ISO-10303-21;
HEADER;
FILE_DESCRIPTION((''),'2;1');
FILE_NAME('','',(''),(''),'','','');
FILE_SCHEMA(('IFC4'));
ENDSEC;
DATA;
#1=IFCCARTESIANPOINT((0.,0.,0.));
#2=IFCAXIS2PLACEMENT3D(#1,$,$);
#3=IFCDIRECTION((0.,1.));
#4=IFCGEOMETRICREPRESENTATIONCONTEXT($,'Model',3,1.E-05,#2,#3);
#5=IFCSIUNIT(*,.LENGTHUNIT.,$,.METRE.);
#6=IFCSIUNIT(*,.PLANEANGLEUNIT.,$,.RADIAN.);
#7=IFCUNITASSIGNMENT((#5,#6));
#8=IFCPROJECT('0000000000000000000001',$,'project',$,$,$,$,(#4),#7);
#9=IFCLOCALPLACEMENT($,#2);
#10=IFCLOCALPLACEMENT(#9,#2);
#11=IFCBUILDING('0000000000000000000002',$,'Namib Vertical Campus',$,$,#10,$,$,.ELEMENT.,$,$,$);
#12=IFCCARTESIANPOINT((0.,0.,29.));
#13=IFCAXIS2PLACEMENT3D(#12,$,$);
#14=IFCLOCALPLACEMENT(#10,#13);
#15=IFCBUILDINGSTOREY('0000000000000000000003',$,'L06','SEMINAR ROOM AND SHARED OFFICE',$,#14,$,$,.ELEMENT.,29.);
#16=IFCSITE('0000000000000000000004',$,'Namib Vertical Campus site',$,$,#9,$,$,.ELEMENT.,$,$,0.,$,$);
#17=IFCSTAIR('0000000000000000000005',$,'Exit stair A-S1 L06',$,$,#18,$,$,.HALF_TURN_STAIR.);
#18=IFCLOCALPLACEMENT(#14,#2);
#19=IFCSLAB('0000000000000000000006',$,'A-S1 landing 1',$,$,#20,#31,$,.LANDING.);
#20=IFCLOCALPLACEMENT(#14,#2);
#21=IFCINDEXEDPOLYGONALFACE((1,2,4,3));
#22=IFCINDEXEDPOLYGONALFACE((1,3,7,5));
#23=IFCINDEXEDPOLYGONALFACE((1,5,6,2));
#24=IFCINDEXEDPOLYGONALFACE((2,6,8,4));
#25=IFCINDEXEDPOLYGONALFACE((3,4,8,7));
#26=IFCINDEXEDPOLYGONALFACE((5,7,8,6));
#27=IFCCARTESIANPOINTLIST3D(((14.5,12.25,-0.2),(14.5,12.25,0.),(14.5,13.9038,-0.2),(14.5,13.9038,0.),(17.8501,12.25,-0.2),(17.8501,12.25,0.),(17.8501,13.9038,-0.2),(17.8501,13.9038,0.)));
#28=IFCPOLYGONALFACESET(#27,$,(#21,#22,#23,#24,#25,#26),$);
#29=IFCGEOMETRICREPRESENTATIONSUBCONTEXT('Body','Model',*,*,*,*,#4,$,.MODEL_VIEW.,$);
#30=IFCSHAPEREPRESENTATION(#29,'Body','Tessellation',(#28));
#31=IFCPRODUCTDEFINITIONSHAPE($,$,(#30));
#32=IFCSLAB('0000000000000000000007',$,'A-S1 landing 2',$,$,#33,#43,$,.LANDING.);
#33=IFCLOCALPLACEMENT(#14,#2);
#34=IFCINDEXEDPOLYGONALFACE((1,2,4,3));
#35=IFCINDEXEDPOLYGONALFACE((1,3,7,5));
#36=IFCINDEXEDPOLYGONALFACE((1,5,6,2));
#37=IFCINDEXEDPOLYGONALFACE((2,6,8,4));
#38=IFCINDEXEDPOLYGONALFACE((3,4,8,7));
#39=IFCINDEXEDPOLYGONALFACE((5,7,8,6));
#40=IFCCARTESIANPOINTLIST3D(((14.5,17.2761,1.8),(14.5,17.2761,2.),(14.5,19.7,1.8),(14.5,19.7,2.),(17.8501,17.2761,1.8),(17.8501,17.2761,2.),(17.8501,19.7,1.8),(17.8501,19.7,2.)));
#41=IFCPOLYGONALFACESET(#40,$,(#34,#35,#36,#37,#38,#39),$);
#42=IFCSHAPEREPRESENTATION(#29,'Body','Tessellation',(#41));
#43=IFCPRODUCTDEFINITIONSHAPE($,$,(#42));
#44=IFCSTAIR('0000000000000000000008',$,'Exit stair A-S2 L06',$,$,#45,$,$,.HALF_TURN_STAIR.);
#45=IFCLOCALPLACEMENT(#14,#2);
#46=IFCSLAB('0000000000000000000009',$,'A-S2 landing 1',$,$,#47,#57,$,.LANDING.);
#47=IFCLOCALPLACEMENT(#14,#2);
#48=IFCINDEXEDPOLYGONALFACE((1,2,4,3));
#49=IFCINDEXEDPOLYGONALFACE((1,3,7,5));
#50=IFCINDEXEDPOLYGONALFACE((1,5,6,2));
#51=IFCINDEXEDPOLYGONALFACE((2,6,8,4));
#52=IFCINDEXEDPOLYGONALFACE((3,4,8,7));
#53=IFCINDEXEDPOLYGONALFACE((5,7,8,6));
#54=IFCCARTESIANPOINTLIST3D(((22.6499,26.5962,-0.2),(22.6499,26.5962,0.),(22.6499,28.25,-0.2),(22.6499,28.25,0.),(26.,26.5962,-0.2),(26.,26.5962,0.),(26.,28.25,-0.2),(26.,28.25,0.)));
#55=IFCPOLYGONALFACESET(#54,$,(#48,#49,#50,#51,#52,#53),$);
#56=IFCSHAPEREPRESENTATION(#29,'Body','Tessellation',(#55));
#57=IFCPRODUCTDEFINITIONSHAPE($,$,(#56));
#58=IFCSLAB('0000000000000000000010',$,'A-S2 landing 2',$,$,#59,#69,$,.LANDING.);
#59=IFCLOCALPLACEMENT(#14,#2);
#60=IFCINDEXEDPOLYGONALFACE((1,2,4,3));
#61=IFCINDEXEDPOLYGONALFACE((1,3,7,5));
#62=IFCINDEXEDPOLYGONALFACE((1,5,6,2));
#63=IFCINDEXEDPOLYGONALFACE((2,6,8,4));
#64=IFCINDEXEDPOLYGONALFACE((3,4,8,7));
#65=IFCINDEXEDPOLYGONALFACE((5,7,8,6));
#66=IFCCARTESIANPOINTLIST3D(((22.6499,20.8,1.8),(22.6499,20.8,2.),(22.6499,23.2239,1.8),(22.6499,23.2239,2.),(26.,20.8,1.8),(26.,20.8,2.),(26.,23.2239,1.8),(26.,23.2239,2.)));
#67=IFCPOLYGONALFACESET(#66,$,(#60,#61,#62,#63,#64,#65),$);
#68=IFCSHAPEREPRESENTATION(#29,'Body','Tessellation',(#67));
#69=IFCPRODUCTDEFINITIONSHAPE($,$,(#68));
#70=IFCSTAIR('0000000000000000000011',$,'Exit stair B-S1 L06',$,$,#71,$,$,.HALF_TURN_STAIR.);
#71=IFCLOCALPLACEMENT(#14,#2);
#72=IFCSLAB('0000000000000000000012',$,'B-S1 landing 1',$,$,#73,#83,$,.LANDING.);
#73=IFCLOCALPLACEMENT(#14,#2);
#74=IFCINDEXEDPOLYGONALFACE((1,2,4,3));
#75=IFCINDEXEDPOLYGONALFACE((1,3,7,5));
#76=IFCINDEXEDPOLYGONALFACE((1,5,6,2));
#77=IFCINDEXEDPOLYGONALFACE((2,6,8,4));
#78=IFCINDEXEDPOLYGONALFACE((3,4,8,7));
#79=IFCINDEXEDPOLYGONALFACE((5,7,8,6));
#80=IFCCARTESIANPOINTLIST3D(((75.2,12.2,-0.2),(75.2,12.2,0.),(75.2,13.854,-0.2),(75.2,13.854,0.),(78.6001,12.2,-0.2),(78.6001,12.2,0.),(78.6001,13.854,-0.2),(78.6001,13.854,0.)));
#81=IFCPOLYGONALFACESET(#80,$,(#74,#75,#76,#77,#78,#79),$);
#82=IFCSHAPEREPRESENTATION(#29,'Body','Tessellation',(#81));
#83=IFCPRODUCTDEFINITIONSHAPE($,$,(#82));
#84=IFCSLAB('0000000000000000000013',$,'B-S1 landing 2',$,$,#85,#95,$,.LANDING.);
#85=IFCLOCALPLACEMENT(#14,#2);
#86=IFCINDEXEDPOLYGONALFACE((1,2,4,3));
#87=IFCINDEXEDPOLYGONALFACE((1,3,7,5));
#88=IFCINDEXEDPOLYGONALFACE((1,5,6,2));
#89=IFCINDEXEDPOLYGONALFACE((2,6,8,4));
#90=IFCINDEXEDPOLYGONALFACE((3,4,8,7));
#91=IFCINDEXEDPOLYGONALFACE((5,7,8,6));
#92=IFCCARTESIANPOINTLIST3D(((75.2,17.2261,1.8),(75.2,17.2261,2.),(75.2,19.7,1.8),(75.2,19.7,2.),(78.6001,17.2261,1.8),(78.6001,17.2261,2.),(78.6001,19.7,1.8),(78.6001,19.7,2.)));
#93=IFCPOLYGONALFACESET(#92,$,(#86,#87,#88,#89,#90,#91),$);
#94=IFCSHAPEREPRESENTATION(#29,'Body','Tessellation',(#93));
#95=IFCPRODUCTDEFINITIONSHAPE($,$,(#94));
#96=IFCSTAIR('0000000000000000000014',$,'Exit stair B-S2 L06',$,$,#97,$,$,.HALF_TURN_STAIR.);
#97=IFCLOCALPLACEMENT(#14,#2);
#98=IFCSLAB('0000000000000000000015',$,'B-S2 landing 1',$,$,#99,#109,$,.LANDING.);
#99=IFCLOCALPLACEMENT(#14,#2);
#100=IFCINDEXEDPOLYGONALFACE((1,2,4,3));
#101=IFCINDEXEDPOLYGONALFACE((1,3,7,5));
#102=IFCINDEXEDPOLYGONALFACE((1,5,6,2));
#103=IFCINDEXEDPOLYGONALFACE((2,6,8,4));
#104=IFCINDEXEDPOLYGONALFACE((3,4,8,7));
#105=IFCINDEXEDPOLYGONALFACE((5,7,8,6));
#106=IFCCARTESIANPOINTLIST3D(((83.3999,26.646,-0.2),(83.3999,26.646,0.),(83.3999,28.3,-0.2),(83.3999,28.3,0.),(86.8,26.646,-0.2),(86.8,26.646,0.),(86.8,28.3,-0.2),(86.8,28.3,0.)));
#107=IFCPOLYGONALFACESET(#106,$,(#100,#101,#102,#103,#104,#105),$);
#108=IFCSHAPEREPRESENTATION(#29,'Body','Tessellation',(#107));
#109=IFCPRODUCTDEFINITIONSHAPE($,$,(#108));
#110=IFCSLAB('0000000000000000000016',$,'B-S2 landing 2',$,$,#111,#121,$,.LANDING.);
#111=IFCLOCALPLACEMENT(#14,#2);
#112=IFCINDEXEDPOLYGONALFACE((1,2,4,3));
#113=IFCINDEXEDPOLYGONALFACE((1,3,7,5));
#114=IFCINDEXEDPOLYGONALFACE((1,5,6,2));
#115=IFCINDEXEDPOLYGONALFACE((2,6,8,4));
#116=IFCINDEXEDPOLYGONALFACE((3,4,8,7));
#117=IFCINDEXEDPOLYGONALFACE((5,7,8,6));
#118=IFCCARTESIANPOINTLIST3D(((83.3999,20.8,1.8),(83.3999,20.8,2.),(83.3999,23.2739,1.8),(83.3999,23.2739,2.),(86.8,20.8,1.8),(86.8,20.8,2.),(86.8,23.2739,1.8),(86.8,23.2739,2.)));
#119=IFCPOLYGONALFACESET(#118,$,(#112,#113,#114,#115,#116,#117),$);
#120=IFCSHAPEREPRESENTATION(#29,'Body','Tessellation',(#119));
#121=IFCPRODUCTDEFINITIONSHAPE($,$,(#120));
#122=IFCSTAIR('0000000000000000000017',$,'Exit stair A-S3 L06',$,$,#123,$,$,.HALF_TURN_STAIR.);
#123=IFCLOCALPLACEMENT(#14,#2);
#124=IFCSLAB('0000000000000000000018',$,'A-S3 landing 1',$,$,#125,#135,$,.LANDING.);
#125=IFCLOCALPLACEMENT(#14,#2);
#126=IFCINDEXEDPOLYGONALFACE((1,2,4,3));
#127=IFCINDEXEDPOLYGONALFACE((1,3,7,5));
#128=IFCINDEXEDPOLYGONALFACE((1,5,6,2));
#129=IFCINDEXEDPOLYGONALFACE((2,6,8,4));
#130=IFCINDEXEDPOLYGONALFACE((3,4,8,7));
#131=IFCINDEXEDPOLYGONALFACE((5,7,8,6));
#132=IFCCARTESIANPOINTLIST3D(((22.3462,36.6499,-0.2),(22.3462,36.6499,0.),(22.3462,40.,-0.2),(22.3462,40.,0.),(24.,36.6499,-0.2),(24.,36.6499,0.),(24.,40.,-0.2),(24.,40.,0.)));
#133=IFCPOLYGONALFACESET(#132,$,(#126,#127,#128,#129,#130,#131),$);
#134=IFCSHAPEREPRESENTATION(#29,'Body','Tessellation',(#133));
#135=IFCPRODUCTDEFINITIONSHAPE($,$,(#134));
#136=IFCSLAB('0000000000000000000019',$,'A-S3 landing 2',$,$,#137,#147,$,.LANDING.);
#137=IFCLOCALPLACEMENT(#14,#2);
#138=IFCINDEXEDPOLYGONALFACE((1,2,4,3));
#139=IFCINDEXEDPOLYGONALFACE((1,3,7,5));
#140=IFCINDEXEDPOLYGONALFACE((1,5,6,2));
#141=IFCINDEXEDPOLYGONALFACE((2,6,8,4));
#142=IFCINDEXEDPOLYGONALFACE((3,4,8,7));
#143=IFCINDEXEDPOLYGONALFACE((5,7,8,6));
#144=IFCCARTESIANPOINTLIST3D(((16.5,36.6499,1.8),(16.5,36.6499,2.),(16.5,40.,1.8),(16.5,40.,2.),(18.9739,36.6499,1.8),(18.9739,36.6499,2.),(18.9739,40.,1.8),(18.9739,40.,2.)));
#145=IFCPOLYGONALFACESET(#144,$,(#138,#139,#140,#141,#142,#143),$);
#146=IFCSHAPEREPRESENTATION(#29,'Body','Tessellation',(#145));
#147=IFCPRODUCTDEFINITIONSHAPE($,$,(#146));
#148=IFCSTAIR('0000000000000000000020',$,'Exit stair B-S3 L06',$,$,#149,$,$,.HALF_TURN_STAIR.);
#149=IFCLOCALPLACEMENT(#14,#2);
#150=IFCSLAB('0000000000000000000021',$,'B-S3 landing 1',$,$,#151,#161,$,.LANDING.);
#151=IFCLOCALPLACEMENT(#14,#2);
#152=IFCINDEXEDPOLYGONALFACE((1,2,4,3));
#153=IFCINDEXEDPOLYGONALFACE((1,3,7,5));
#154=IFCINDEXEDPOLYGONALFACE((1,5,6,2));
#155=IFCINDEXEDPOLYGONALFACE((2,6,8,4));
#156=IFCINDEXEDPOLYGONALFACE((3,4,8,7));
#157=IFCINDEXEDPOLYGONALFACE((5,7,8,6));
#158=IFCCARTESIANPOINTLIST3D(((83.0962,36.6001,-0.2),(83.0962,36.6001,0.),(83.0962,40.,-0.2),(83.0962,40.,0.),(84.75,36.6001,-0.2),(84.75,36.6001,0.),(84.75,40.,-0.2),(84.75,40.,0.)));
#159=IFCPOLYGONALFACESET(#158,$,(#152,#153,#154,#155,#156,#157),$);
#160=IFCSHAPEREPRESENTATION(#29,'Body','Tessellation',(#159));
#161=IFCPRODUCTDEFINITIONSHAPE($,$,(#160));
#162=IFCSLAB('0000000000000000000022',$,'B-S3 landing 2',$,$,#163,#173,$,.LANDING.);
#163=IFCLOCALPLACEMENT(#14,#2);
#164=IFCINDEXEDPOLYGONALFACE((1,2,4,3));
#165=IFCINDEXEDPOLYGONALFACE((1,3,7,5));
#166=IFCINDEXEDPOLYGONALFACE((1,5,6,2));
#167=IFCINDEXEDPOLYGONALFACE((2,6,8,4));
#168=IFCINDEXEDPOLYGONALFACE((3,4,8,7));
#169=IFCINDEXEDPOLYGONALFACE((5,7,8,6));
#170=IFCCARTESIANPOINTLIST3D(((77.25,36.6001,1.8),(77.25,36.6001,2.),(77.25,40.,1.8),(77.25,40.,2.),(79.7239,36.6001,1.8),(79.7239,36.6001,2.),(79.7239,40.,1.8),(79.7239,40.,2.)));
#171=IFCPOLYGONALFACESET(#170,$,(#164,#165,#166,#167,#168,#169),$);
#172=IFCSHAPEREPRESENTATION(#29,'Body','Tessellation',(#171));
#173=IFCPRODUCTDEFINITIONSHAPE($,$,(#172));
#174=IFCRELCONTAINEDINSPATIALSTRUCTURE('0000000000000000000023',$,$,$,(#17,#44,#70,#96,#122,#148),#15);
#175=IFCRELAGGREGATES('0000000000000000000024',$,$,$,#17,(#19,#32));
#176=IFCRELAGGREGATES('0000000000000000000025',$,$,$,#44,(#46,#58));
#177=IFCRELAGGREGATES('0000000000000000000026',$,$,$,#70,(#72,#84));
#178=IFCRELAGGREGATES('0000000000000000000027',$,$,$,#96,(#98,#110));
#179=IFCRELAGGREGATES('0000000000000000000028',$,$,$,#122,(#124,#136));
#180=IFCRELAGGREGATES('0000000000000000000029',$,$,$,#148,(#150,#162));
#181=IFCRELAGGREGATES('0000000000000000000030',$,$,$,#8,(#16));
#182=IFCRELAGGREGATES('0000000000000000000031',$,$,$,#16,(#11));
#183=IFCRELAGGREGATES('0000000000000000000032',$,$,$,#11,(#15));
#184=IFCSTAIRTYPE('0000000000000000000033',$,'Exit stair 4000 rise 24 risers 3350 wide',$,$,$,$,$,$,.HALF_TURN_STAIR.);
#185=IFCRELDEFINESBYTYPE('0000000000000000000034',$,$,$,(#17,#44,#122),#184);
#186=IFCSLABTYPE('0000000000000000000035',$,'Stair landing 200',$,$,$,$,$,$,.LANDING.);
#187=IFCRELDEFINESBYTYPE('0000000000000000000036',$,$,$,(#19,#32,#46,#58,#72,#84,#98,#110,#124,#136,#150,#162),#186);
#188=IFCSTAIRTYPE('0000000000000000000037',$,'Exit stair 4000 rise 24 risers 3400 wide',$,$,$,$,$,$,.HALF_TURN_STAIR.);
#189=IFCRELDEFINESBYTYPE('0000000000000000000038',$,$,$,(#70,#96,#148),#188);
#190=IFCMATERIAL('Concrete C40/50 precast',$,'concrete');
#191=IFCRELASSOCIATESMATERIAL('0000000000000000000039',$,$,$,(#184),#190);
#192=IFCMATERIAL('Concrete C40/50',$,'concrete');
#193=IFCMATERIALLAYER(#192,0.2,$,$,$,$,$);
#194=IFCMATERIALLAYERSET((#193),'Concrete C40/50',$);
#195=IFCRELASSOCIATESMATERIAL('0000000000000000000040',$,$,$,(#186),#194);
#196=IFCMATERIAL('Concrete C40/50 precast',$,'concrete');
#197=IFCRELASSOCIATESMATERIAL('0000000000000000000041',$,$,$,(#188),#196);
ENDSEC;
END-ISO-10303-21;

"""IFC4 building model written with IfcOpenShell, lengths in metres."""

from ifc_helpers import new_model, si_unit, direction, frame, origin, place, context, subcontext, project, spatial, polyline, outline, extrude, material, layer, layer_set, type_object, element, aggregate, save


model = new_model("IFC4")

# Units and contexts
model_context = context("Model", 3, precision=1e-05, world=origin(), true_north=direction((0.0, 1.0)))
body_context = subcontext(model_context, "Body", "Model", "MODEL_VIEW")
ifc_project = project(units=[si_unit("LENGTHUNIT", "METRE"), si_unit("PLANEANGLEUNIT", "RADIAN")], contexts=[model_context])

# Site, building, storey
site_placement = place(None, origin())
site = spatial("IfcSite", under=ifc_project, at=site_placement, Name="Namib Vertical Campus site", CompositionType="ELEMENT", RefElevation=0.0)
building_placement = place(site_placement, origin())
building = spatial("IfcBuilding", under=site, at=building_placement, Name="Namib Vertical Campus", CompositionType="ELEMENT")
storey_placement = place(building_placement, frame((0.0, 0.0, 29.0)))
storey = spatial("IfcBuildingStorey", under=building, at=storey_placement, Name="L06", Description="SEMINAR ROOM AND SHARED OFFICE", CompositionType="ELEMENT", Elevation=29.0)

# Stairs, slabs
ifc_material_1 = material(Name="Concrete C40/50 precast", Category="concrete")
stair_type_1 = type_object("IfcStairType", Name="Exit stair 4000 rise 24 risers 3350 wide", PredefinedType="HALF_TURN_STAIR", material=ifc_material_1)
stair_1_placement = place(storey_placement, origin())
stair_1 = element("IfcStair", 1, at=stair_1_placement, inside=storey, type_object=stair_type_1, Name="Exit stair A-S1 L06", PredefinedType="HALF_TURN_STAIR")
ifc_material_2 = material(Name="Concrete C40/50", Category="concrete")
ifc_layer_1 = layer(ifc_material_2, 0.2)
ifc_layer_set_1 = layer_set([ifc_layer_1], Name="Concrete C40/50")
slab_type_1 = type_object("IfcSlabType", Name="Stair landing 200", PredefinedType="LANDING", material=ifc_layer_set_1)
slab_1_placement = place(storey_placement, frame((0.0, 0.0, -0.2)))
slab_1 = element("IfcSlab", 2, at=slab_1_placement, type_object=slab_type_1, Name="A-S1 landing 1", PredefinedType="LANDING", context=body_context, shape_type="SweptSolid", body=[
    extrude(outline(polyline([(14.5, 12.25), (17.8501, 12.25), (17.8501, 13.9038), (14.5, 13.9038), (14.5, 12.25)])), origin(), (0.0, 0.0, 1.0), 0.2),
])
slab_2_placement = place(storey_placement, frame((0.0, 0.0, 1.8)))
slab_2 = element("IfcSlab", 3, at=slab_2_placement, type_object=slab_type_1, Name="A-S1 landing 2", PredefinedType="LANDING", context=body_context, shape_type="SweptSolid", body=[
    extrude(outline(polyline([(14.5, 17.2761), (17.8501, 17.2761), (17.8501, 19.7), (14.5, 19.7), (14.5, 17.2761)])), origin(), (0.0, 0.0, 1.0), 0.2),
])
aggregate(stair_1, [slab_1, slab_2])
stair_2_placement = place(storey_placement, origin())
stair_2 = element("IfcStair", 4, at=stair_2_placement, inside=storey, type_object=stair_type_1, Name="Exit stair A-S2 L06", PredefinedType="HALF_TURN_STAIR")
slab_3_placement = place(storey_placement, frame((0.0, 0.0, -0.2)))
slab_3 = element("IfcSlab", 5, at=slab_3_placement, type_object=slab_type_1, Name="A-S2 landing 1", PredefinedType="LANDING", context=body_context, shape_type="SweptSolid", body=[
    extrude(outline(polyline([(22.6499, 26.5962), (26.0, 26.5962), (26.0, 28.25), (22.6499, 28.25), (22.6499, 26.5962)])), origin(), (0.0, 0.0, 1.0), 0.2),
])
slab_4_placement = place(storey_placement, frame((0.0, 0.0, 1.8)))
slab_4 = element("IfcSlab", 6, at=slab_4_placement, type_object=slab_type_1, Name="A-S2 landing 2", PredefinedType="LANDING", context=body_context, shape_type="SweptSolid", body=[
    extrude(outline(polyline([(22.6499, 20.8), (26.0, 20.8), (26.0, 23.2239), (22.6499, 23.2239), (22.6499, 20.8)])), origin(), (0.0, 0.0, 1.0), 0.2),
])
aggregate(stair_2, [slab_3, slab_4])
ifc_material_3 = material(Name="Concrete C40/50 precast", Category="concrete")
stair_type_2 = type_object("IfcStairType", Name="Exit stair 4000 rise 24 risers 3400 wide", PredefinedType="HALF_TURN_STAIR", material=ifc_material_3)
stair_3_placement = place(storey_placement, origin())
stair_3 = element("IfcStair", 7, at=stair_3_placement, inside=storey, type_object=stair_type_2, Name="Exit stair B-S1 L06", PredefinedType="HALF_TURN_STAIR")
slab_5_placement = place(storey_placement, frame((0.0, 0.0, -0.2)))
slab_5 = element("IfcSlab", 8, at=slab_5_placement, type_object=slab_type_1, Name="B-S1 landing 1", PredefinedType="LANDING", context=body_context, shape_type="SweptSolid", body=[
    extrude(outline(polyline([(75.2, 12.2), (78.6001, 12.2), (78.6001, 13.854), (75.2, 13.854), (75.2, 12.2)])), origin(), (0.0, 0.0, 1.0), 0.2),
])
slab_6_placement = place(storey_placement, frame((0.0, 0.0, 1.8)))
slab_6 = element("IfcSlab", 9, at=slab_6_placement, type_object=slab_type_1, Name="B-S1 landing 2", PredefinedType="LANDING", context=body_context, shape_type="SweptSolid", body=[
    extrude(outline(polyline([(75.2, 17.2261), (78.6001, 17.2261), (78.6001, 19.7), (75.2, 19.7), (75.2, 17.2261)])), origin(), (0.0, 0.0, 1.0), 0.2),
])
aggregate(stair_3, [slab_5, slab_6])
stair_4_placement = place(storey_placement, origin())
stair_4 = element("IfcStair", 10, at=stair_4_placement, inside=storey, type_object=stair_type_2, Name="Exit stair B-S2 L06", PredefinedType="HALF_TURN_STAIR")
slab_7_placement = place(storey_placement, frame((0.0, 0.0, -0.2)))
slab_7 = element("IfcSlab", 11, at=slab_7_placement, type_object=slab_type_1, Name="B-S2 landing 1", PredefinedType="LANDING", context=body_context, shape_type="SweptSolid", body=[
    extrude(outline(polyline([(83.3999, 26.646), (86.8, 26.646), (86.8, 28.3), (83.3999, 28.3), (83.3999, 26.646)])), origin(), (0.0, 0.0, 1.0), 0.2),
])
slab_8_placement = place(storey_placement, frame((0.0, 0.0, 1.8)))
slab_8 = element("IfcSlab", 12, at=slab_8_placement, type_object=slab_type_1, Name="B-S2 landing 2", PredefinedType="LANDING", context=body_context, shape_type="SweptSolid", body=[
    extrude(outline(polyline([(83.3999, 20.8), (86.8, 20.8), (86.8, 23.2739), (83.3999, 23.2739), (83.3999, 20.8)])), origin(), (0.0, 0.0, 1.0), 0.2),
])
aggregate(stair_4, [slab_7, slab_8])
stair_5_placement = place(storey_placement, origin())
stair_5 = element("IfcStair", 13, at=stair_5_placement, inside=storey, type_object=stair_type_1, Name="Exit stair A-S3 L06", PredefinedType="HALF_TURN_STAIR")
slab_9_placement = place(storey_placement, frame((0.0, 0.0, -0.2)))
slab_9 = element("IfcSlab", 14, at=slab_9_placement, type_object=slab_type_1, Name="A-S3 landing 1", PredefinedType="LANDING", context=body_context, shape_type="SweptSolid", body=[
    extrude(outline(polyline([(22.3462, 36.6499), (22.3462, 40.0), (24.0, 40.0), (24.0, 36.6499), (22.3462, 36.6499)])), origin(), (0.0, 0.0, 1.0), 0.2),
])
slab_10_placement = place(storey_placement, frame((0.0, 0.0, 1.8)))
slab_10 = element("IfcSlab", 15, at=slab_10_placement, type_object=slab_type_1, Name="A-S3 landing 2", PredefinedType="LANDING", context=body_context, shape_type="SweptSolid", body=[
    extrude(outline(polyline([(16.5, 36.6499), (16.5, 40.0), (18.9739, 40.0), (18.9739, 36.6499), (16.5, 36.6499)])), origin(), (0.0, 0.0, 1.0), 0.2),
])
aggregate(stair_5, [slab_9, slab_10])
stair_6_placement = place(storey_placement, origin())
stair_6 = element("IfcStair", 16, at=stair_6_placement, inside=storey, type_object=stair_type_2, Name="Exit stair B-S3 L06", PredefinedType="HALF_TURN_STAIR")
slab_11_placement = place(storey_placement, frame((0.0, 0.0, -0.2)))
slab_11 = element("IfcSlab", 17, at=slab_11_placement, type_object=slab_type_1, Name="B-S3 landing 1", PredefinedType="LANDING", context=body_context, shape_type="SweptSolid", body=[
    extrude(outline(polyline([(83.0962, 36.6001), (83.0962, 40.0), (84.75, 40.0), (84.75, 36.6001), (83.0962, 36.6001)])), origin(), (0.0, 0.0, 1.0), 0.2),
])
slab_12_placement = place(storey_placement, frame((0.0, 0.0, 1.8)))
slab_12 = element("IfcSlab", 18, at=slab_12_placement, type_object=slab_type_1, Name="B-S3 landing 2", PredefinedType="LANDING", context=body_context, shape_type="SweptSolid", body=[
    extrude(outline(polyline([(77.25, 36.6001), (77.25, 40.0), (79.7239, 40.0), (79.7239, 36.6001), (77.25, 36.6001)])), origin(), (0.0, 0.0, 1.0), 0.2),
])
aggregate(stair_6, [slab_11, slab_12])

save(model, "model.ifc")
